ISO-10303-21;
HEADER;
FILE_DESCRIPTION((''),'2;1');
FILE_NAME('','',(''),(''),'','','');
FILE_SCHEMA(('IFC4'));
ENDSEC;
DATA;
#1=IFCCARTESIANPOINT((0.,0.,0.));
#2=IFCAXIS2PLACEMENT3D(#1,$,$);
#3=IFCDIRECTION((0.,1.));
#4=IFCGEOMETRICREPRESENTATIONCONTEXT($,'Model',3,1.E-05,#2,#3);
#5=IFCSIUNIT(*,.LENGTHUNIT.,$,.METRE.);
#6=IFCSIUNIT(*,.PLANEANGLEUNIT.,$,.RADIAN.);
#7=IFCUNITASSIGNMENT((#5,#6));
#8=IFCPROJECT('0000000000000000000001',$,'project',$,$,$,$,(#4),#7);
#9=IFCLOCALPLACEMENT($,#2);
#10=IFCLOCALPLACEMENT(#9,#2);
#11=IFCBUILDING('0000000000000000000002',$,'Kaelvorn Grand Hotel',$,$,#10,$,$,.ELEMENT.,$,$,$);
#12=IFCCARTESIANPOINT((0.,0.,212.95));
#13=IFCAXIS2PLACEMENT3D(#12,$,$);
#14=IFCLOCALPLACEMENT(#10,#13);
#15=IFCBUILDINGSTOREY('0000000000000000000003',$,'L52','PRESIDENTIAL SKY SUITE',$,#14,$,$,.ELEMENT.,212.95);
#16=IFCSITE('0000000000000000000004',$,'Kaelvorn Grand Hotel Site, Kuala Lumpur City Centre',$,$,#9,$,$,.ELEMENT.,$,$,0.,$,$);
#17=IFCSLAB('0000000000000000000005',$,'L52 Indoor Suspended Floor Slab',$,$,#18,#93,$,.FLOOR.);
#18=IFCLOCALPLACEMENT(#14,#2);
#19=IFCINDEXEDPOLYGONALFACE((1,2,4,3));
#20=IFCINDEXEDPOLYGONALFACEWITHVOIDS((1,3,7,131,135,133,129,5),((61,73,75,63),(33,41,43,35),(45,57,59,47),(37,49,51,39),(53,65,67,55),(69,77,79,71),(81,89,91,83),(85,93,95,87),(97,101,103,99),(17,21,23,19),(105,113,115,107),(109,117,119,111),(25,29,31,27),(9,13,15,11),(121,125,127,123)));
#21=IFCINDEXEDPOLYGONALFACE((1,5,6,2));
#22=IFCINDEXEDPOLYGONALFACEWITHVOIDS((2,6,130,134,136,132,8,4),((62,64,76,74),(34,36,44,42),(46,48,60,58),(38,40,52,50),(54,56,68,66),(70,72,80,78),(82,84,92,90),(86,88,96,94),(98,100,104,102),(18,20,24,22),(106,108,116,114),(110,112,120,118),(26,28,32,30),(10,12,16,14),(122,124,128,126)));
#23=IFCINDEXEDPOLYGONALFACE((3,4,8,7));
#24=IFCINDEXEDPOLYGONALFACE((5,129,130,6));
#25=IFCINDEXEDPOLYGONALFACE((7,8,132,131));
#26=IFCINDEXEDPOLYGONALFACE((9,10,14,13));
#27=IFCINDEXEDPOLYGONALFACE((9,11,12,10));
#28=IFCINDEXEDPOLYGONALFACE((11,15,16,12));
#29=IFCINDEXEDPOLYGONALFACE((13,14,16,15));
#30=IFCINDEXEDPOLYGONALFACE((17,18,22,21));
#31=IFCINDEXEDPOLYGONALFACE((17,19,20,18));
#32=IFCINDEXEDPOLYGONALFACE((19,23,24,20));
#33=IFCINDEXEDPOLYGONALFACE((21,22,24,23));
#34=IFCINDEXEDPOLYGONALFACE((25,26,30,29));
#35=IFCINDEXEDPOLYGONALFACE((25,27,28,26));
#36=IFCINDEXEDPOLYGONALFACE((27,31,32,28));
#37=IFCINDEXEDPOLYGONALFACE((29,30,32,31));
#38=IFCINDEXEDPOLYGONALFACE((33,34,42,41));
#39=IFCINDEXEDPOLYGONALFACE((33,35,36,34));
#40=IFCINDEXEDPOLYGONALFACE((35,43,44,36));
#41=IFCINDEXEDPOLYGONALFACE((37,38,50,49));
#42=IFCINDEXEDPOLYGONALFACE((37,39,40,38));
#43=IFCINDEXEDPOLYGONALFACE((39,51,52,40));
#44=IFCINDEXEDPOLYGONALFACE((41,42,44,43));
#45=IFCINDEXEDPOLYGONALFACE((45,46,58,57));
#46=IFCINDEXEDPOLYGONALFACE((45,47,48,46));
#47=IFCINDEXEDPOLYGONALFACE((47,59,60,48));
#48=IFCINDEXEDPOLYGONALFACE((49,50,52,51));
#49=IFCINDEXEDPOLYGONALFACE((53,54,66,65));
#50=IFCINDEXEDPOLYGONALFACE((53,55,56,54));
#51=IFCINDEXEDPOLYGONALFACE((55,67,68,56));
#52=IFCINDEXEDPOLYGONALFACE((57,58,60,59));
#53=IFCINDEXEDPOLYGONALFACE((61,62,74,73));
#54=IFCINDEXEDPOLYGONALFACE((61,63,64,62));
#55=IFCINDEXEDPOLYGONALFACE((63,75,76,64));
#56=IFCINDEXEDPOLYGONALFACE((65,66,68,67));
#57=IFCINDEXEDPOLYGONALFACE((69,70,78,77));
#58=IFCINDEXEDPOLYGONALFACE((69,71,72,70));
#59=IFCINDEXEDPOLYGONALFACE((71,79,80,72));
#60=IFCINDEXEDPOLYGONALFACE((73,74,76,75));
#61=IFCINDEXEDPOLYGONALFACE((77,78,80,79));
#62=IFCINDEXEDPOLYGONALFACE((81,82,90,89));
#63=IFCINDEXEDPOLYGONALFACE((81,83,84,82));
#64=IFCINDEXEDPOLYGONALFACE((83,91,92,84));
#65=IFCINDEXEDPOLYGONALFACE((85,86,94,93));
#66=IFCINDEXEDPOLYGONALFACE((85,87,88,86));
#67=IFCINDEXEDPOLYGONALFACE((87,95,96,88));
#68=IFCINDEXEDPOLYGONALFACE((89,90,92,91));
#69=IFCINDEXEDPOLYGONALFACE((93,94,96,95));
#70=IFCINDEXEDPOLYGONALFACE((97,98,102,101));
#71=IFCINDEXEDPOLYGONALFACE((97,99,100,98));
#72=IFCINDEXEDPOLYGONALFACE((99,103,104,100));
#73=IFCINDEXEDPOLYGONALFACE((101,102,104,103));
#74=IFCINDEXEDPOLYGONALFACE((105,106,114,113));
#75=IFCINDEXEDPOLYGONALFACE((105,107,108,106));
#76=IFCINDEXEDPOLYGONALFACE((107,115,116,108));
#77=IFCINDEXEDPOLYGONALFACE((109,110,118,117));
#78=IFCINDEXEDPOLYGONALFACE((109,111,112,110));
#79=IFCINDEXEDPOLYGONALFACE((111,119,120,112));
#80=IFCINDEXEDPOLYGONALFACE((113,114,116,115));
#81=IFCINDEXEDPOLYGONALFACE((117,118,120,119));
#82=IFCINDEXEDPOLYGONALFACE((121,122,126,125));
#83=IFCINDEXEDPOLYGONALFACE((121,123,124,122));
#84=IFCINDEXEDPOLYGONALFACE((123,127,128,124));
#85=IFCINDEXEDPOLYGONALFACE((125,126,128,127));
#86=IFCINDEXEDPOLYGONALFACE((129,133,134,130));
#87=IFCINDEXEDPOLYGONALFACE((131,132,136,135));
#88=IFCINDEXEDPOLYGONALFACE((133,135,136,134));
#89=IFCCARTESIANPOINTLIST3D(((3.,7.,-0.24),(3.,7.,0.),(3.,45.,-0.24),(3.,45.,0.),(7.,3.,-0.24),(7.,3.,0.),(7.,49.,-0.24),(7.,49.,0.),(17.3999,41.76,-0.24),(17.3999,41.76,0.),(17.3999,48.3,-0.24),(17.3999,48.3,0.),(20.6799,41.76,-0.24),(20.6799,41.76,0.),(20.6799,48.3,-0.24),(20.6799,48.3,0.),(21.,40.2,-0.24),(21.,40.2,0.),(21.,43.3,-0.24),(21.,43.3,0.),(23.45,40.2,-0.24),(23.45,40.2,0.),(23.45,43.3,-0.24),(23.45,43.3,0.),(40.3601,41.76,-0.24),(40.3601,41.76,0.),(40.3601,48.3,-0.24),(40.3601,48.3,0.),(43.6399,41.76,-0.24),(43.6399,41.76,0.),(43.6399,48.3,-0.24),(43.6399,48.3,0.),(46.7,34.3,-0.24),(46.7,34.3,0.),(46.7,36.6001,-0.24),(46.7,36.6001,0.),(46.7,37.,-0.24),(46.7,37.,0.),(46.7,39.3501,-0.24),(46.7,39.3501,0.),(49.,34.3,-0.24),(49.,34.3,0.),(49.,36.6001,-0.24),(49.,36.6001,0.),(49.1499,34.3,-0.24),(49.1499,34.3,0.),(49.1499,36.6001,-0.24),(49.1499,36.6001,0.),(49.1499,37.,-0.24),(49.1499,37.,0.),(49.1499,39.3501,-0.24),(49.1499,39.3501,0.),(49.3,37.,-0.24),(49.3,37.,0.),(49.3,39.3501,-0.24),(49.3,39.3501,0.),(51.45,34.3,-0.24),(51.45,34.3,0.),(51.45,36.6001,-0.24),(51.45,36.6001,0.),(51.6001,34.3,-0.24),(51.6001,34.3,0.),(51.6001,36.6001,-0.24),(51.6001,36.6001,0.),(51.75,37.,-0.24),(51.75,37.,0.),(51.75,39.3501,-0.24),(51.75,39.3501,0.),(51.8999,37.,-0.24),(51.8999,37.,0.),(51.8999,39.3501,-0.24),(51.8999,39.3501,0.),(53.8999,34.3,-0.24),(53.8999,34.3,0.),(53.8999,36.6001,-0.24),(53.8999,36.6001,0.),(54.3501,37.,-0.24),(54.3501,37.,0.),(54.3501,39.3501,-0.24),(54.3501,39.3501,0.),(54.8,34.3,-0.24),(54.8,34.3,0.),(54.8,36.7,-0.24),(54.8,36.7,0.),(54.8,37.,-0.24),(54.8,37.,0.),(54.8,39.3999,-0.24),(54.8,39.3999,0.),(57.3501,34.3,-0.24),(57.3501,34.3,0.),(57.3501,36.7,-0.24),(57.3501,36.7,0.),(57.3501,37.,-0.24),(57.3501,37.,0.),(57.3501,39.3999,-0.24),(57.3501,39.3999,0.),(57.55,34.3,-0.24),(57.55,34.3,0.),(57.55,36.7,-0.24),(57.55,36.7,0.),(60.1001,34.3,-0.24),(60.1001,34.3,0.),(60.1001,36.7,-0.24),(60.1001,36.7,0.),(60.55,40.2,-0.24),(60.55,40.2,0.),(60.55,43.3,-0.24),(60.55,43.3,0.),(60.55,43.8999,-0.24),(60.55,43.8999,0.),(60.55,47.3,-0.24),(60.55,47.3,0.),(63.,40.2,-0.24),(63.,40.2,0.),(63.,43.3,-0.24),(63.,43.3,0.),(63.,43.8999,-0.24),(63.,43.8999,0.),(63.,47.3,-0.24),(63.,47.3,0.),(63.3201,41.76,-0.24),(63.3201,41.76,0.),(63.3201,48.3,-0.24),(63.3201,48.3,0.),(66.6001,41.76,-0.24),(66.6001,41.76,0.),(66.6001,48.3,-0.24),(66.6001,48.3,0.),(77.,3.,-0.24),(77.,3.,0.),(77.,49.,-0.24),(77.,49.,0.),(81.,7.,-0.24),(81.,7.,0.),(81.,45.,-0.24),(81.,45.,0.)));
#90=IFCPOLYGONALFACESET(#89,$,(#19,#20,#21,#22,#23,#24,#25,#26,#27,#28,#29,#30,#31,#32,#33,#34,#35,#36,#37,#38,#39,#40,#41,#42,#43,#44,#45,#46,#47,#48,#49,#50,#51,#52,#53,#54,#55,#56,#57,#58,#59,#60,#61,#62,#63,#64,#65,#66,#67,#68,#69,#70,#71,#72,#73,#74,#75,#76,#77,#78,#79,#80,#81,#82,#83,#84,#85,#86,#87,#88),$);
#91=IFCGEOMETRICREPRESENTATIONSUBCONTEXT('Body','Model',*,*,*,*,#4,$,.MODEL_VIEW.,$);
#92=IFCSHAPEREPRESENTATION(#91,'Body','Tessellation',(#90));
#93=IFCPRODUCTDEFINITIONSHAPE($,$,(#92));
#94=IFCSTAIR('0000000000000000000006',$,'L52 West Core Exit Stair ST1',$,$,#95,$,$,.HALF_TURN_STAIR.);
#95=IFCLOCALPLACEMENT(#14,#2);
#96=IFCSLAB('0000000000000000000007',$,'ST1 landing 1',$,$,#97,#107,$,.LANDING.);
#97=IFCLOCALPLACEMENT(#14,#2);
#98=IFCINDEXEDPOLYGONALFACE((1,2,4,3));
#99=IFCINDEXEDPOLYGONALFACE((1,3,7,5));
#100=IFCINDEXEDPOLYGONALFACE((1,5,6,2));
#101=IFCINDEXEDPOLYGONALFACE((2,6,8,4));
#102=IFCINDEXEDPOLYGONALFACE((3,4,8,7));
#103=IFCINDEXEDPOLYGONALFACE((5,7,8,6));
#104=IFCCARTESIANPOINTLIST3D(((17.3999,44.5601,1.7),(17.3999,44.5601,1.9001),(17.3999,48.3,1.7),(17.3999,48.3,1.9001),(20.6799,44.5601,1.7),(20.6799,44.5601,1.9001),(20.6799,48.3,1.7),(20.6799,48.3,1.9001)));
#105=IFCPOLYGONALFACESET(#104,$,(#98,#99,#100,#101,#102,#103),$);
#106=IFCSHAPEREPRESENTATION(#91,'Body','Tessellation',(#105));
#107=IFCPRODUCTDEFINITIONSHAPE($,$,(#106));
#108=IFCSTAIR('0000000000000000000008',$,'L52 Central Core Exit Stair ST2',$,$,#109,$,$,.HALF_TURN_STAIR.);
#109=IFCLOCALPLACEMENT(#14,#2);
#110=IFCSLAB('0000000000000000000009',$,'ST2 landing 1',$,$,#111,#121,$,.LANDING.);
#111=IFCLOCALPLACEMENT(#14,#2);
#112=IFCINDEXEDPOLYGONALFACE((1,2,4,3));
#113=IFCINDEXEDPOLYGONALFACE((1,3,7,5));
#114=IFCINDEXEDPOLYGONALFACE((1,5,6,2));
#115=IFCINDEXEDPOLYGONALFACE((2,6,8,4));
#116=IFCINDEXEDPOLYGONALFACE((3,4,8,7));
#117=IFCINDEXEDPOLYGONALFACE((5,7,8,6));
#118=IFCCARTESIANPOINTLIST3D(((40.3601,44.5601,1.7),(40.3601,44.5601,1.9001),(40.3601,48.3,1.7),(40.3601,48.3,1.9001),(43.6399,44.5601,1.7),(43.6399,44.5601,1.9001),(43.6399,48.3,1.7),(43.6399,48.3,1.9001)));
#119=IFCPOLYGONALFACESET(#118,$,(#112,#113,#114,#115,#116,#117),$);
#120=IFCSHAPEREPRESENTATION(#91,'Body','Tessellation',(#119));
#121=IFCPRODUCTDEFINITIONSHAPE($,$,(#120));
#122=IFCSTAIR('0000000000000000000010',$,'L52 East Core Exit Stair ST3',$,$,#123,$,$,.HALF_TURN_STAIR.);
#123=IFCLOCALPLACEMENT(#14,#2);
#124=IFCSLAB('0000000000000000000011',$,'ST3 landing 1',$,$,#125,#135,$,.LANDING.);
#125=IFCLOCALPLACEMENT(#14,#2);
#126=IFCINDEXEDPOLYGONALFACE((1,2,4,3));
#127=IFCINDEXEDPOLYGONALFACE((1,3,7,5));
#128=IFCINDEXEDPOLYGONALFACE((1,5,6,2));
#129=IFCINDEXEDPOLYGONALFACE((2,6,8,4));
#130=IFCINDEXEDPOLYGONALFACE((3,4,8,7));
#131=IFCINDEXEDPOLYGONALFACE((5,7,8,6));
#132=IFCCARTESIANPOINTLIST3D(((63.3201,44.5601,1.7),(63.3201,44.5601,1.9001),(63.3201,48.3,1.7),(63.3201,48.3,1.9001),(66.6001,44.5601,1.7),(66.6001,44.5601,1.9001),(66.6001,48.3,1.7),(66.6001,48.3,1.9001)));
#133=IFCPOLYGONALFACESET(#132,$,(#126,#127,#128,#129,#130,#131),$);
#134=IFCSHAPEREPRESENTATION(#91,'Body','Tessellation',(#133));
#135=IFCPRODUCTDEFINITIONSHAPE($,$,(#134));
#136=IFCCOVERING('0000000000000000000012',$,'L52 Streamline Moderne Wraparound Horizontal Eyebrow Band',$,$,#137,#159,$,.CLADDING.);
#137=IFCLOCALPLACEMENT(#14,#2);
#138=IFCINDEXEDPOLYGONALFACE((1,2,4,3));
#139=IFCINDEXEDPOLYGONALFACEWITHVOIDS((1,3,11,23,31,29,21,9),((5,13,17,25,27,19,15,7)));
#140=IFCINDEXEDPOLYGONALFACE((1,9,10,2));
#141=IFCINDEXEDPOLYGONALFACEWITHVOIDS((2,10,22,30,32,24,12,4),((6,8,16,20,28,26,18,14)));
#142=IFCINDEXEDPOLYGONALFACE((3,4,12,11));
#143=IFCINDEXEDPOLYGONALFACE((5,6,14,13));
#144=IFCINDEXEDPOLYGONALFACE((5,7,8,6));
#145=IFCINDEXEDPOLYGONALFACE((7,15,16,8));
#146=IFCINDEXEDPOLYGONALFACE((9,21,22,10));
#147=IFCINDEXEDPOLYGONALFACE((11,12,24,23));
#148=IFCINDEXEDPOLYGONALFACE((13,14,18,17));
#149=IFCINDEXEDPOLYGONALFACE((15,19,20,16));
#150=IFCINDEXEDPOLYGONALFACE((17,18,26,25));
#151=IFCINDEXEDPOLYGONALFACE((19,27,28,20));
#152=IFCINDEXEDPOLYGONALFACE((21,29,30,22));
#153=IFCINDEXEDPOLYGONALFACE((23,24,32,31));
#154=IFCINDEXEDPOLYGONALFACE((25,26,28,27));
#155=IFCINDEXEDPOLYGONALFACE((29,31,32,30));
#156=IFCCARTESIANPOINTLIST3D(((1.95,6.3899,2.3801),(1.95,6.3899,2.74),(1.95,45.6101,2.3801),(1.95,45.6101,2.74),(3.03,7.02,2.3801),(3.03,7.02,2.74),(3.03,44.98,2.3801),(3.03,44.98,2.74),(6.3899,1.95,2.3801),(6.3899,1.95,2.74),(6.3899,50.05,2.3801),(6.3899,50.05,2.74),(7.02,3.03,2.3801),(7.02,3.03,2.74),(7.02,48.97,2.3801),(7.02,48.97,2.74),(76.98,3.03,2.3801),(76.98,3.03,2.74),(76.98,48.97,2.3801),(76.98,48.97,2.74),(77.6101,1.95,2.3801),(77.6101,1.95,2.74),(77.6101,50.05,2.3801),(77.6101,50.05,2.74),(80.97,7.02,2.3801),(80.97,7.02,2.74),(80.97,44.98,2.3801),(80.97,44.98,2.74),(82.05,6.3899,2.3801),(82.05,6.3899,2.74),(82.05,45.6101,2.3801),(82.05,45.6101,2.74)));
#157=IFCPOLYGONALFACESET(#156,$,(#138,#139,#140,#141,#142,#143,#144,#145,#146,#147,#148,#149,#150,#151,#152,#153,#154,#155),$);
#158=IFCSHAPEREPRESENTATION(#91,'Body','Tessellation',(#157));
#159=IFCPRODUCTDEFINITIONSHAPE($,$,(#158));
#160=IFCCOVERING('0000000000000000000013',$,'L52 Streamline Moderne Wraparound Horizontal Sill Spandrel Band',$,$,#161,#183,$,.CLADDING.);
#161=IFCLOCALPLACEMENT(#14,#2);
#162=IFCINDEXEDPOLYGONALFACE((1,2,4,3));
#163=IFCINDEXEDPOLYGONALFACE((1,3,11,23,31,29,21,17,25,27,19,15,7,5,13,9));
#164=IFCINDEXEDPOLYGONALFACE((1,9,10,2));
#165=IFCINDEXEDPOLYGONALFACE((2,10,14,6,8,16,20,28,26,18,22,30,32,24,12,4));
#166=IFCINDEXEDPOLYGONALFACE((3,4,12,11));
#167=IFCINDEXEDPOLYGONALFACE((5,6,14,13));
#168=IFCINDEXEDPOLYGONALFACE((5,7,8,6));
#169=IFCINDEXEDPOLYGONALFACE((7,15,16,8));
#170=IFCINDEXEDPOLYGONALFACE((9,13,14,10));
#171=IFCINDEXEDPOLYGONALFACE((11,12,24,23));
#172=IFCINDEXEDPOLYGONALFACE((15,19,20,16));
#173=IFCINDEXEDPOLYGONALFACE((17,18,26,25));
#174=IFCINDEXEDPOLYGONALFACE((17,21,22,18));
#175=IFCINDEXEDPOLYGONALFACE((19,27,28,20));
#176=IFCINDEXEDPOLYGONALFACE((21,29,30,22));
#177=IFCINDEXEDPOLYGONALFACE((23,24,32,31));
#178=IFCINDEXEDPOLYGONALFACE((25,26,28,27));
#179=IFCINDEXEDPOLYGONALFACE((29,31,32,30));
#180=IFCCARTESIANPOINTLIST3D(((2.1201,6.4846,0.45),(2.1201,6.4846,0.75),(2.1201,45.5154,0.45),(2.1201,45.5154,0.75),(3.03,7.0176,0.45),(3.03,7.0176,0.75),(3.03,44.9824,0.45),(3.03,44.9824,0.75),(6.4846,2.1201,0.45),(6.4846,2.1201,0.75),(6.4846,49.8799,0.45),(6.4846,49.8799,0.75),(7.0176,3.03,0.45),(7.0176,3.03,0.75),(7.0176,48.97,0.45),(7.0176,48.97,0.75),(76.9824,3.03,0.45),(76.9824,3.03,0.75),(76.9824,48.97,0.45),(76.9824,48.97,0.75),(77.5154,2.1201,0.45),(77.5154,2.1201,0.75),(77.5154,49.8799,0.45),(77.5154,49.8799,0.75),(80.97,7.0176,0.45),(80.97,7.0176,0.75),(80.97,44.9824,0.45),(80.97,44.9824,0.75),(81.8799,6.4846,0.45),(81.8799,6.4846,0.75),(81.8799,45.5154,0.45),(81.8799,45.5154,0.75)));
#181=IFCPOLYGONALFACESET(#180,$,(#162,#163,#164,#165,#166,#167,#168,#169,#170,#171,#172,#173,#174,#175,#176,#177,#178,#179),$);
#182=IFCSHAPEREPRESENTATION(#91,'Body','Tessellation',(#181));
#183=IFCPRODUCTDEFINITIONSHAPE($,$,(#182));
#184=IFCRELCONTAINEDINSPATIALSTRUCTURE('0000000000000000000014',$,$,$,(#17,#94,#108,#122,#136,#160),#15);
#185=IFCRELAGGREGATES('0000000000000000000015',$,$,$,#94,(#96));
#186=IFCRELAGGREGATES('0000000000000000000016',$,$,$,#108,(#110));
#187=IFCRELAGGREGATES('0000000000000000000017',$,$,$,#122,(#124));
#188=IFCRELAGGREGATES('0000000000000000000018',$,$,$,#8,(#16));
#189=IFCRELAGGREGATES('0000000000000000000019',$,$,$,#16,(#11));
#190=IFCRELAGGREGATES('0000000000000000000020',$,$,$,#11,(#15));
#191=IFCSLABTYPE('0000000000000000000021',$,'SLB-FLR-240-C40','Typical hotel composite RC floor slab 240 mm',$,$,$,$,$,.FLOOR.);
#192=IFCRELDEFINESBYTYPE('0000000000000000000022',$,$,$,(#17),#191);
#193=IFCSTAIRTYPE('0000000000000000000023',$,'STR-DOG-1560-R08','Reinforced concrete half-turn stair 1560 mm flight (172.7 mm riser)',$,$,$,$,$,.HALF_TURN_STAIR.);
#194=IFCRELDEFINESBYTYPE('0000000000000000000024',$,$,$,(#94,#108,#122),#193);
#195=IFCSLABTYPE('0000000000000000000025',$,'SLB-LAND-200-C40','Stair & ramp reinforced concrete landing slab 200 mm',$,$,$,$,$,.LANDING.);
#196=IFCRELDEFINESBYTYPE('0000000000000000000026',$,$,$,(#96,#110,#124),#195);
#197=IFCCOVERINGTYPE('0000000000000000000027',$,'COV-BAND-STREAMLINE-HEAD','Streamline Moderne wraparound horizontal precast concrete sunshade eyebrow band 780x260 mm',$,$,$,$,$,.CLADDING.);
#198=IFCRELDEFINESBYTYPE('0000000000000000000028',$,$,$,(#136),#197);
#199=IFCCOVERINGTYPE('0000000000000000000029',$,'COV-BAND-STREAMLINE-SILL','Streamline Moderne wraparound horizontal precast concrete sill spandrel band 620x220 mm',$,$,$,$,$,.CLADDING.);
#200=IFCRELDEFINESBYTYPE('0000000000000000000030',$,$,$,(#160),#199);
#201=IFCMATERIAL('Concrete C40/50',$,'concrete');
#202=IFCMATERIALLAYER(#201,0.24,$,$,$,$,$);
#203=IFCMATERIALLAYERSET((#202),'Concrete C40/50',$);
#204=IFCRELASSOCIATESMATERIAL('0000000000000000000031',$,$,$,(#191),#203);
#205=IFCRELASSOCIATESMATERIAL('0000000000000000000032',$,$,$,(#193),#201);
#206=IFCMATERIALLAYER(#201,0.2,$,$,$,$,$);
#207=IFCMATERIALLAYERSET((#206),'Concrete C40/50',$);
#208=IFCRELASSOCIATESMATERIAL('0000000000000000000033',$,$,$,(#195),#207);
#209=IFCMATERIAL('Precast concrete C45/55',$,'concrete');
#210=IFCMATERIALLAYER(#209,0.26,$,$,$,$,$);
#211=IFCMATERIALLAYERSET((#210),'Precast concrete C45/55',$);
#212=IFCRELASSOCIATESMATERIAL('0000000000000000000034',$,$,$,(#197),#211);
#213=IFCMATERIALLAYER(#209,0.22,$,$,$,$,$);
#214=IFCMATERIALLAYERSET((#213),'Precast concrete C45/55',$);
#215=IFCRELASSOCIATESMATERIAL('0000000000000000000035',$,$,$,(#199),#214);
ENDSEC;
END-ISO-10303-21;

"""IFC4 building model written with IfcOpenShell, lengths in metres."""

from ifc_helpers import new_model, si_unit, direction, frame, origin, place, context, subcontext, project, spatial, polyline, outline, extrude, material, layer, layer_set, type_object, element, aggregate, save


model = new_model("IFC4")

# Units and contexts
model_context = context("Model", 3, precision=1e-05, world=origin(), true_north=direction((0.0, 1.0)))
body_context = subcontext(model_context, "Body", "Model", "MODEL_VIEW")
ifc_project = project(units=[si_unit("LENGTHUNIT", "METRE"), si_unit("PLANEANGLEUNIT", "RADIAN")], contexts=[model_context])

# Site, building, storey
site_placement = place(None, origin())
site = spatial("IfcSite", under=ifc_project, at=site_placement, Name="Kaelvorn Grand Hotel Site, Kuala Lumpur City Centre", CompositionType="ELEMENT", RefElevation=0.0)
building_placement = place(site_placement, origin())
building = spatial("IfcBuilding", under=site, at=building_placement, Name="Kaelvorn Grand Hotel", CompositionType="ELEMENT")
storey_placement = place(building_placement, frame((0.0, 0.0, 212.95)))
storey = spatial("IfcBuildingStorey", under=building, at=storey_placement, Name="L52", Description="PRESIDENTIAL SKY SUITE", CompositionType="ELEMENT", Elevation=212.95)

# Slab
ifc_material_1 = material(Name="Concrete C40/50", Category="concrete")
ifc_layer_1 = layer(ifc_material_1, 0.24)
ifc_layer_set_1 = layer_set([ifc_layer_1], Name="Concrete C40/50")
slab_type_1 = type_object("IfcSlabType", Name="SLB-FLR-240-C40", Description="Typical hotel composite RC floor slab 240 mm", PredefinedType="FLOOR", material=ifc_layer_set_1)
slab_1_placement = place(storey_placement, frame((0.0, 0.0, -0.24)))
element("IfcSlab", 1, at=slab_1_placement, inside=storey, type_object=slab_type_1, Name="L52 Indoor Suspended Floor Slab", PredefinedType="FLOOR", context=body_context, shape_type="SweptSolid", body=[
    extrude(outline(polyline([(7.0, 3.0), (77.0, 3.0), (81.0, 7.0), (81.0, 45.0), (77.0, 49.0), (7.0, 49.0), (3.0, 45.0), (3.0, 7.0), (7.0, 3.0)]), holes=[polyline([(17.3999, 41.76), (17.3999, 48.3), (20.6799, 48.3), (20.6799, 41.76), (17.3999, 41.76)]), polyline([(40.3601, 41.76), (40.3601, 48.3), (43.6399, 48.3), (43.6399, 41.76), (40.3601, 41.76)]), polyline([(63.3201, 41.76), (63.3201, 48.3), (66.6001, 48.3), (66.6001, 41.76), (63.3201, 41.76)]), polyline([(46.7, 34.3), (46.7, 36.6001), (49.0, 36.6001), (49.0, 34.3), (46.7, 34.3)]), polyline([(49.1499, 34.3), (49.1499, 36.6001), (51.45, 36.6001), (51.45, 34.3), (49.1499, 34.3)]), polyline([(51.6001, 34.3), (51.6001, 36.6001), (53.8999, 36.6001), (53.8999, 34.3), (51.6001, 34.3)]), polyline([(46.7, 37.0), (46.7, 39.3501), (49.1499, 39.3501), (49.1499, 37.0), (46.7, 37.0)]), polyline([(49.3, 37.0), (49.3, 39.3501), (51.75, 39.3501), (51.75, 37.0), (49.3, 37.0)]), polyline([(51.8999, 37.0), (51.8999, 39.3501), (54.3501, 39.3501), (54.3501, 37.0), (51.8999, 37.0)]), polyline([(54.8, 34.3), (54.8, 36.7), (57.3501, 36.7), (57.3501, 34.3), (54.8, 34.3)]), polyline([(57.55, 34.3), (57.55, 36.7), (60.1001, 36.7), (60.1001, 34.3), (57.55, 34.3)]), polyline([(54.8, 37.0), (54.8, 39.3999), (57.3501, 39.3999), (57.3501, 37.0), (54.8, 37.0)]), polyline([(21.0, 40.2), (21.0, 43.3), (23.45, 43.3), (23.45, 40.2), (21.0, 40.2)]), polyline([(60.55, 40.2), (60.55, 43.3), (63.0, 43.3), (63.0, 40.2), (60.55, 40.2)]), polyline([(60.55, 43.8999), (60.55, 47.3), (63.0, 47.3), (63.0, 43.8999), (60.55, 43.8999)])]), origin(), (0.0, 0.0, 1.0), 0.24),
])

# Stairs, slabs
stair_type = type_object("IfcStairType", Name="STR-DOG-1560-R08", Description="Reinforced concrete half-turn stair 1560 mm flight (172.7 mm riser)", PredefinedType="HALF_TURN_STAIR", material=ifc_material_1)
stair_1_placement = place(storey_placement, origin())
stair_1 = element("IfcStair", 2, at=stair_1_placement, inside=storey, type_object=stair_type, Name="L52 West Core Exit Stair ST1", PredefinedType="HALF_TURN_STAIR")
ifc_layer_2 = layer(ifc_material_1, 0.2)
ifc_layer_set_2 = layer_set([ifc_layer_2], Name="Concrete C40/50")
slab_type_2 = type_object("IfcSlabType", Name="SLB-LAND-200-C40", Description="Stair & ramp reinforced concrete landing slab 200 mm", PredefinedType="LANDING", material=ifc_layer_set_2)
slab_2_placement = place(storey_placement, frame((0.0, 0.0, 1.7)))
slab_2 = element("IfcSlab", 3, at=slab_2_placement, type_object=slab_type_2, Name="ST1 landing 1", PredefinedType="LANDING", context=body_context, shape_type="SweptSolid", body=[
    extrude(outline(polyline([(20.6799, 44.5601), (20.6799, 48.3), (17.3999, 48.3), (17.3999, 44.5601), (20.6799, 44.5601)])), origin(), (0.0, 0.0, 1.0), 0.2002),
])
aggregate(stair_1, [slab_2])
stair_2_placement = place(storey_placement, origin())
stair_2 = element("IfcStair", 4, at=stair_2_placement, inside=storey, type_object=stair_type, Name="L52 Central Core Exit Stair ST2", PredefinedType="HALF_TURN_STAIR")
slab_3_placement = place(storey_placement, frame((0.0, 0.0, 1.7)))
slab_3 = element("IfcSlab", 5, at=slab_3_placement, type_object=slab_type_2, Name="ST2 landing 1", PredefinedType="LANDING", context=body_context, shape_type="SweptSolid", body=[
    extrude(outline(polyline([(43.6399, 44.5601), (43.6399, 48.3), (40.3601, 48.3), (40.3601, 44.5601), (43.6399, 44.5601)])), origin(), (0.0, 0.0, 1.0), 0.2002),
])
aggregate(stair_2, [slab_3])
stair_3_placement = place(storey_placement, origin())
stair_3 = element("IfcStair", 6, at=stair_3_placement, inside=storey, type_object=stair_type, Name="L52 East Core Exit Stair ST3", PredefinedType="HALF_TURN_STAIR")
slab_4_placement = place(storey_placement, frame((0.0, 0.0, 1.7)))
slab_4 = element("IfcSlab", 7, at=slab_4_placement, type_object=slab_type_2, Name="ST3 landing 1", PredefinedType="LANDING", context=body_context, shape_type="SweptSolid", body=[
    extrude(outline(polyline([(66.6001, 44.5601), (66.6001, 48.3), (63.3201, 48.3), (63.3201, 44.5601), (66.6001, 44.5601)])), origin(), (0.0, 0.0, 1.0), 0.2002),
])
aggregate(stair_3, [slab_4])

# Coverings
ifc_material_2 = material(Name="Precast concrete C45/55", Category="concrete")
ifc_layer_3 = layer(ifc_material_2, 0.26)
ifc_layer_set_3 = layer_set([ifc_layer_3], Name="Precast concrete C45/55")
covering_type_1 = type_object("IfcCoveringType", Name="COV-BAND-STREAMLINE-HEAD", Description="Streamline Moderne wraparound horizontal precast concrete sunshade eyebrow band 780x260 mm", PredefinedType="CLADDING", material=ifc_layer_set_3)
covering_1_placement = place(storey_placement, frame((0.0, 0.0, 2.3801)))
element("IfcCovering", 8, at=covering_1_placement, inside=storey, type_object=covering_type_1, Name="L52 Streamline Moderne Wraparound Horizontal Eyebrow Band", PredefinedType="CLADDING", context=body_context, shape_type="SweptSolid", body=[
    extrude(outline(polyline([(6.3899, 1.95), (77.6101, 1.95), (82.05, 6.3899), (82.05, 45.6101), (77.6101, 50.05), (6.3899, 50.05), (1.95, 45.6101), (1.95, 6.3899), (6.3899, 1.95)]), holes=[polyline([(7.02, 3.03), (76.98, 3.03), (80.97, 7.02), (80.97, 44.98), (76.98, 48.97), (7.02, 48.97), (3.03, 44.98), (3.03, 7.02), (7.02, 3.03)])]), origin(), (0.0, 0.0, 1.0), 0.3599),
])
ifc_layer_4 = layer(ifc_material_2, 0.22)
ifc_layer_set_4 = layer_set([ifc_layer_4], Name="Precast concrete C45/55")
covering_type_2 = type_object("IfcCoveringType", Name="COV-BAND-STREAMLINE-SILL", Description="Streamline Moderne wraparound horizontal precast concrete sill spandrel band 620x220 mm", PredefinedType="CLADDING", material=ifc_layer_set_4)
covering_2_placement = place(storey_placement, frame((0.0, 0.0, 0.45)))
element("IfcCovering", 9, at=covering_2_placement, inside=storey, type_object=covering_type_2, Name="L52 Streamline Moderne Wraparound Horizontal Sill Spandrel Band", PredefinedType="CLADDING", context=body_context, shape_type="SweptSolid", body=[
    extrude(outline(polyline([(77.5154, 2.1201), (81.8799, 6.4846), (81.8799, 45.5154), (77.5154, 49.8799), (6.4846, 49.8799), (2.1201, 45.5154), (2.1201, 6.4846), (6.4846, 2.1201), (7.0176, 3.03), (3.03, 7.0176), (3.03, 44.9824), (7.0176, 48.97), (76.9824, 48.97), (80.97, 44.9824), (80.97, 7.0176), (76.9824, 3.03), (77.5154, 2.1201)])), origin(), (0.0, 0.0, 1.0), 0.3),
])

save(model, "model.ifc")
